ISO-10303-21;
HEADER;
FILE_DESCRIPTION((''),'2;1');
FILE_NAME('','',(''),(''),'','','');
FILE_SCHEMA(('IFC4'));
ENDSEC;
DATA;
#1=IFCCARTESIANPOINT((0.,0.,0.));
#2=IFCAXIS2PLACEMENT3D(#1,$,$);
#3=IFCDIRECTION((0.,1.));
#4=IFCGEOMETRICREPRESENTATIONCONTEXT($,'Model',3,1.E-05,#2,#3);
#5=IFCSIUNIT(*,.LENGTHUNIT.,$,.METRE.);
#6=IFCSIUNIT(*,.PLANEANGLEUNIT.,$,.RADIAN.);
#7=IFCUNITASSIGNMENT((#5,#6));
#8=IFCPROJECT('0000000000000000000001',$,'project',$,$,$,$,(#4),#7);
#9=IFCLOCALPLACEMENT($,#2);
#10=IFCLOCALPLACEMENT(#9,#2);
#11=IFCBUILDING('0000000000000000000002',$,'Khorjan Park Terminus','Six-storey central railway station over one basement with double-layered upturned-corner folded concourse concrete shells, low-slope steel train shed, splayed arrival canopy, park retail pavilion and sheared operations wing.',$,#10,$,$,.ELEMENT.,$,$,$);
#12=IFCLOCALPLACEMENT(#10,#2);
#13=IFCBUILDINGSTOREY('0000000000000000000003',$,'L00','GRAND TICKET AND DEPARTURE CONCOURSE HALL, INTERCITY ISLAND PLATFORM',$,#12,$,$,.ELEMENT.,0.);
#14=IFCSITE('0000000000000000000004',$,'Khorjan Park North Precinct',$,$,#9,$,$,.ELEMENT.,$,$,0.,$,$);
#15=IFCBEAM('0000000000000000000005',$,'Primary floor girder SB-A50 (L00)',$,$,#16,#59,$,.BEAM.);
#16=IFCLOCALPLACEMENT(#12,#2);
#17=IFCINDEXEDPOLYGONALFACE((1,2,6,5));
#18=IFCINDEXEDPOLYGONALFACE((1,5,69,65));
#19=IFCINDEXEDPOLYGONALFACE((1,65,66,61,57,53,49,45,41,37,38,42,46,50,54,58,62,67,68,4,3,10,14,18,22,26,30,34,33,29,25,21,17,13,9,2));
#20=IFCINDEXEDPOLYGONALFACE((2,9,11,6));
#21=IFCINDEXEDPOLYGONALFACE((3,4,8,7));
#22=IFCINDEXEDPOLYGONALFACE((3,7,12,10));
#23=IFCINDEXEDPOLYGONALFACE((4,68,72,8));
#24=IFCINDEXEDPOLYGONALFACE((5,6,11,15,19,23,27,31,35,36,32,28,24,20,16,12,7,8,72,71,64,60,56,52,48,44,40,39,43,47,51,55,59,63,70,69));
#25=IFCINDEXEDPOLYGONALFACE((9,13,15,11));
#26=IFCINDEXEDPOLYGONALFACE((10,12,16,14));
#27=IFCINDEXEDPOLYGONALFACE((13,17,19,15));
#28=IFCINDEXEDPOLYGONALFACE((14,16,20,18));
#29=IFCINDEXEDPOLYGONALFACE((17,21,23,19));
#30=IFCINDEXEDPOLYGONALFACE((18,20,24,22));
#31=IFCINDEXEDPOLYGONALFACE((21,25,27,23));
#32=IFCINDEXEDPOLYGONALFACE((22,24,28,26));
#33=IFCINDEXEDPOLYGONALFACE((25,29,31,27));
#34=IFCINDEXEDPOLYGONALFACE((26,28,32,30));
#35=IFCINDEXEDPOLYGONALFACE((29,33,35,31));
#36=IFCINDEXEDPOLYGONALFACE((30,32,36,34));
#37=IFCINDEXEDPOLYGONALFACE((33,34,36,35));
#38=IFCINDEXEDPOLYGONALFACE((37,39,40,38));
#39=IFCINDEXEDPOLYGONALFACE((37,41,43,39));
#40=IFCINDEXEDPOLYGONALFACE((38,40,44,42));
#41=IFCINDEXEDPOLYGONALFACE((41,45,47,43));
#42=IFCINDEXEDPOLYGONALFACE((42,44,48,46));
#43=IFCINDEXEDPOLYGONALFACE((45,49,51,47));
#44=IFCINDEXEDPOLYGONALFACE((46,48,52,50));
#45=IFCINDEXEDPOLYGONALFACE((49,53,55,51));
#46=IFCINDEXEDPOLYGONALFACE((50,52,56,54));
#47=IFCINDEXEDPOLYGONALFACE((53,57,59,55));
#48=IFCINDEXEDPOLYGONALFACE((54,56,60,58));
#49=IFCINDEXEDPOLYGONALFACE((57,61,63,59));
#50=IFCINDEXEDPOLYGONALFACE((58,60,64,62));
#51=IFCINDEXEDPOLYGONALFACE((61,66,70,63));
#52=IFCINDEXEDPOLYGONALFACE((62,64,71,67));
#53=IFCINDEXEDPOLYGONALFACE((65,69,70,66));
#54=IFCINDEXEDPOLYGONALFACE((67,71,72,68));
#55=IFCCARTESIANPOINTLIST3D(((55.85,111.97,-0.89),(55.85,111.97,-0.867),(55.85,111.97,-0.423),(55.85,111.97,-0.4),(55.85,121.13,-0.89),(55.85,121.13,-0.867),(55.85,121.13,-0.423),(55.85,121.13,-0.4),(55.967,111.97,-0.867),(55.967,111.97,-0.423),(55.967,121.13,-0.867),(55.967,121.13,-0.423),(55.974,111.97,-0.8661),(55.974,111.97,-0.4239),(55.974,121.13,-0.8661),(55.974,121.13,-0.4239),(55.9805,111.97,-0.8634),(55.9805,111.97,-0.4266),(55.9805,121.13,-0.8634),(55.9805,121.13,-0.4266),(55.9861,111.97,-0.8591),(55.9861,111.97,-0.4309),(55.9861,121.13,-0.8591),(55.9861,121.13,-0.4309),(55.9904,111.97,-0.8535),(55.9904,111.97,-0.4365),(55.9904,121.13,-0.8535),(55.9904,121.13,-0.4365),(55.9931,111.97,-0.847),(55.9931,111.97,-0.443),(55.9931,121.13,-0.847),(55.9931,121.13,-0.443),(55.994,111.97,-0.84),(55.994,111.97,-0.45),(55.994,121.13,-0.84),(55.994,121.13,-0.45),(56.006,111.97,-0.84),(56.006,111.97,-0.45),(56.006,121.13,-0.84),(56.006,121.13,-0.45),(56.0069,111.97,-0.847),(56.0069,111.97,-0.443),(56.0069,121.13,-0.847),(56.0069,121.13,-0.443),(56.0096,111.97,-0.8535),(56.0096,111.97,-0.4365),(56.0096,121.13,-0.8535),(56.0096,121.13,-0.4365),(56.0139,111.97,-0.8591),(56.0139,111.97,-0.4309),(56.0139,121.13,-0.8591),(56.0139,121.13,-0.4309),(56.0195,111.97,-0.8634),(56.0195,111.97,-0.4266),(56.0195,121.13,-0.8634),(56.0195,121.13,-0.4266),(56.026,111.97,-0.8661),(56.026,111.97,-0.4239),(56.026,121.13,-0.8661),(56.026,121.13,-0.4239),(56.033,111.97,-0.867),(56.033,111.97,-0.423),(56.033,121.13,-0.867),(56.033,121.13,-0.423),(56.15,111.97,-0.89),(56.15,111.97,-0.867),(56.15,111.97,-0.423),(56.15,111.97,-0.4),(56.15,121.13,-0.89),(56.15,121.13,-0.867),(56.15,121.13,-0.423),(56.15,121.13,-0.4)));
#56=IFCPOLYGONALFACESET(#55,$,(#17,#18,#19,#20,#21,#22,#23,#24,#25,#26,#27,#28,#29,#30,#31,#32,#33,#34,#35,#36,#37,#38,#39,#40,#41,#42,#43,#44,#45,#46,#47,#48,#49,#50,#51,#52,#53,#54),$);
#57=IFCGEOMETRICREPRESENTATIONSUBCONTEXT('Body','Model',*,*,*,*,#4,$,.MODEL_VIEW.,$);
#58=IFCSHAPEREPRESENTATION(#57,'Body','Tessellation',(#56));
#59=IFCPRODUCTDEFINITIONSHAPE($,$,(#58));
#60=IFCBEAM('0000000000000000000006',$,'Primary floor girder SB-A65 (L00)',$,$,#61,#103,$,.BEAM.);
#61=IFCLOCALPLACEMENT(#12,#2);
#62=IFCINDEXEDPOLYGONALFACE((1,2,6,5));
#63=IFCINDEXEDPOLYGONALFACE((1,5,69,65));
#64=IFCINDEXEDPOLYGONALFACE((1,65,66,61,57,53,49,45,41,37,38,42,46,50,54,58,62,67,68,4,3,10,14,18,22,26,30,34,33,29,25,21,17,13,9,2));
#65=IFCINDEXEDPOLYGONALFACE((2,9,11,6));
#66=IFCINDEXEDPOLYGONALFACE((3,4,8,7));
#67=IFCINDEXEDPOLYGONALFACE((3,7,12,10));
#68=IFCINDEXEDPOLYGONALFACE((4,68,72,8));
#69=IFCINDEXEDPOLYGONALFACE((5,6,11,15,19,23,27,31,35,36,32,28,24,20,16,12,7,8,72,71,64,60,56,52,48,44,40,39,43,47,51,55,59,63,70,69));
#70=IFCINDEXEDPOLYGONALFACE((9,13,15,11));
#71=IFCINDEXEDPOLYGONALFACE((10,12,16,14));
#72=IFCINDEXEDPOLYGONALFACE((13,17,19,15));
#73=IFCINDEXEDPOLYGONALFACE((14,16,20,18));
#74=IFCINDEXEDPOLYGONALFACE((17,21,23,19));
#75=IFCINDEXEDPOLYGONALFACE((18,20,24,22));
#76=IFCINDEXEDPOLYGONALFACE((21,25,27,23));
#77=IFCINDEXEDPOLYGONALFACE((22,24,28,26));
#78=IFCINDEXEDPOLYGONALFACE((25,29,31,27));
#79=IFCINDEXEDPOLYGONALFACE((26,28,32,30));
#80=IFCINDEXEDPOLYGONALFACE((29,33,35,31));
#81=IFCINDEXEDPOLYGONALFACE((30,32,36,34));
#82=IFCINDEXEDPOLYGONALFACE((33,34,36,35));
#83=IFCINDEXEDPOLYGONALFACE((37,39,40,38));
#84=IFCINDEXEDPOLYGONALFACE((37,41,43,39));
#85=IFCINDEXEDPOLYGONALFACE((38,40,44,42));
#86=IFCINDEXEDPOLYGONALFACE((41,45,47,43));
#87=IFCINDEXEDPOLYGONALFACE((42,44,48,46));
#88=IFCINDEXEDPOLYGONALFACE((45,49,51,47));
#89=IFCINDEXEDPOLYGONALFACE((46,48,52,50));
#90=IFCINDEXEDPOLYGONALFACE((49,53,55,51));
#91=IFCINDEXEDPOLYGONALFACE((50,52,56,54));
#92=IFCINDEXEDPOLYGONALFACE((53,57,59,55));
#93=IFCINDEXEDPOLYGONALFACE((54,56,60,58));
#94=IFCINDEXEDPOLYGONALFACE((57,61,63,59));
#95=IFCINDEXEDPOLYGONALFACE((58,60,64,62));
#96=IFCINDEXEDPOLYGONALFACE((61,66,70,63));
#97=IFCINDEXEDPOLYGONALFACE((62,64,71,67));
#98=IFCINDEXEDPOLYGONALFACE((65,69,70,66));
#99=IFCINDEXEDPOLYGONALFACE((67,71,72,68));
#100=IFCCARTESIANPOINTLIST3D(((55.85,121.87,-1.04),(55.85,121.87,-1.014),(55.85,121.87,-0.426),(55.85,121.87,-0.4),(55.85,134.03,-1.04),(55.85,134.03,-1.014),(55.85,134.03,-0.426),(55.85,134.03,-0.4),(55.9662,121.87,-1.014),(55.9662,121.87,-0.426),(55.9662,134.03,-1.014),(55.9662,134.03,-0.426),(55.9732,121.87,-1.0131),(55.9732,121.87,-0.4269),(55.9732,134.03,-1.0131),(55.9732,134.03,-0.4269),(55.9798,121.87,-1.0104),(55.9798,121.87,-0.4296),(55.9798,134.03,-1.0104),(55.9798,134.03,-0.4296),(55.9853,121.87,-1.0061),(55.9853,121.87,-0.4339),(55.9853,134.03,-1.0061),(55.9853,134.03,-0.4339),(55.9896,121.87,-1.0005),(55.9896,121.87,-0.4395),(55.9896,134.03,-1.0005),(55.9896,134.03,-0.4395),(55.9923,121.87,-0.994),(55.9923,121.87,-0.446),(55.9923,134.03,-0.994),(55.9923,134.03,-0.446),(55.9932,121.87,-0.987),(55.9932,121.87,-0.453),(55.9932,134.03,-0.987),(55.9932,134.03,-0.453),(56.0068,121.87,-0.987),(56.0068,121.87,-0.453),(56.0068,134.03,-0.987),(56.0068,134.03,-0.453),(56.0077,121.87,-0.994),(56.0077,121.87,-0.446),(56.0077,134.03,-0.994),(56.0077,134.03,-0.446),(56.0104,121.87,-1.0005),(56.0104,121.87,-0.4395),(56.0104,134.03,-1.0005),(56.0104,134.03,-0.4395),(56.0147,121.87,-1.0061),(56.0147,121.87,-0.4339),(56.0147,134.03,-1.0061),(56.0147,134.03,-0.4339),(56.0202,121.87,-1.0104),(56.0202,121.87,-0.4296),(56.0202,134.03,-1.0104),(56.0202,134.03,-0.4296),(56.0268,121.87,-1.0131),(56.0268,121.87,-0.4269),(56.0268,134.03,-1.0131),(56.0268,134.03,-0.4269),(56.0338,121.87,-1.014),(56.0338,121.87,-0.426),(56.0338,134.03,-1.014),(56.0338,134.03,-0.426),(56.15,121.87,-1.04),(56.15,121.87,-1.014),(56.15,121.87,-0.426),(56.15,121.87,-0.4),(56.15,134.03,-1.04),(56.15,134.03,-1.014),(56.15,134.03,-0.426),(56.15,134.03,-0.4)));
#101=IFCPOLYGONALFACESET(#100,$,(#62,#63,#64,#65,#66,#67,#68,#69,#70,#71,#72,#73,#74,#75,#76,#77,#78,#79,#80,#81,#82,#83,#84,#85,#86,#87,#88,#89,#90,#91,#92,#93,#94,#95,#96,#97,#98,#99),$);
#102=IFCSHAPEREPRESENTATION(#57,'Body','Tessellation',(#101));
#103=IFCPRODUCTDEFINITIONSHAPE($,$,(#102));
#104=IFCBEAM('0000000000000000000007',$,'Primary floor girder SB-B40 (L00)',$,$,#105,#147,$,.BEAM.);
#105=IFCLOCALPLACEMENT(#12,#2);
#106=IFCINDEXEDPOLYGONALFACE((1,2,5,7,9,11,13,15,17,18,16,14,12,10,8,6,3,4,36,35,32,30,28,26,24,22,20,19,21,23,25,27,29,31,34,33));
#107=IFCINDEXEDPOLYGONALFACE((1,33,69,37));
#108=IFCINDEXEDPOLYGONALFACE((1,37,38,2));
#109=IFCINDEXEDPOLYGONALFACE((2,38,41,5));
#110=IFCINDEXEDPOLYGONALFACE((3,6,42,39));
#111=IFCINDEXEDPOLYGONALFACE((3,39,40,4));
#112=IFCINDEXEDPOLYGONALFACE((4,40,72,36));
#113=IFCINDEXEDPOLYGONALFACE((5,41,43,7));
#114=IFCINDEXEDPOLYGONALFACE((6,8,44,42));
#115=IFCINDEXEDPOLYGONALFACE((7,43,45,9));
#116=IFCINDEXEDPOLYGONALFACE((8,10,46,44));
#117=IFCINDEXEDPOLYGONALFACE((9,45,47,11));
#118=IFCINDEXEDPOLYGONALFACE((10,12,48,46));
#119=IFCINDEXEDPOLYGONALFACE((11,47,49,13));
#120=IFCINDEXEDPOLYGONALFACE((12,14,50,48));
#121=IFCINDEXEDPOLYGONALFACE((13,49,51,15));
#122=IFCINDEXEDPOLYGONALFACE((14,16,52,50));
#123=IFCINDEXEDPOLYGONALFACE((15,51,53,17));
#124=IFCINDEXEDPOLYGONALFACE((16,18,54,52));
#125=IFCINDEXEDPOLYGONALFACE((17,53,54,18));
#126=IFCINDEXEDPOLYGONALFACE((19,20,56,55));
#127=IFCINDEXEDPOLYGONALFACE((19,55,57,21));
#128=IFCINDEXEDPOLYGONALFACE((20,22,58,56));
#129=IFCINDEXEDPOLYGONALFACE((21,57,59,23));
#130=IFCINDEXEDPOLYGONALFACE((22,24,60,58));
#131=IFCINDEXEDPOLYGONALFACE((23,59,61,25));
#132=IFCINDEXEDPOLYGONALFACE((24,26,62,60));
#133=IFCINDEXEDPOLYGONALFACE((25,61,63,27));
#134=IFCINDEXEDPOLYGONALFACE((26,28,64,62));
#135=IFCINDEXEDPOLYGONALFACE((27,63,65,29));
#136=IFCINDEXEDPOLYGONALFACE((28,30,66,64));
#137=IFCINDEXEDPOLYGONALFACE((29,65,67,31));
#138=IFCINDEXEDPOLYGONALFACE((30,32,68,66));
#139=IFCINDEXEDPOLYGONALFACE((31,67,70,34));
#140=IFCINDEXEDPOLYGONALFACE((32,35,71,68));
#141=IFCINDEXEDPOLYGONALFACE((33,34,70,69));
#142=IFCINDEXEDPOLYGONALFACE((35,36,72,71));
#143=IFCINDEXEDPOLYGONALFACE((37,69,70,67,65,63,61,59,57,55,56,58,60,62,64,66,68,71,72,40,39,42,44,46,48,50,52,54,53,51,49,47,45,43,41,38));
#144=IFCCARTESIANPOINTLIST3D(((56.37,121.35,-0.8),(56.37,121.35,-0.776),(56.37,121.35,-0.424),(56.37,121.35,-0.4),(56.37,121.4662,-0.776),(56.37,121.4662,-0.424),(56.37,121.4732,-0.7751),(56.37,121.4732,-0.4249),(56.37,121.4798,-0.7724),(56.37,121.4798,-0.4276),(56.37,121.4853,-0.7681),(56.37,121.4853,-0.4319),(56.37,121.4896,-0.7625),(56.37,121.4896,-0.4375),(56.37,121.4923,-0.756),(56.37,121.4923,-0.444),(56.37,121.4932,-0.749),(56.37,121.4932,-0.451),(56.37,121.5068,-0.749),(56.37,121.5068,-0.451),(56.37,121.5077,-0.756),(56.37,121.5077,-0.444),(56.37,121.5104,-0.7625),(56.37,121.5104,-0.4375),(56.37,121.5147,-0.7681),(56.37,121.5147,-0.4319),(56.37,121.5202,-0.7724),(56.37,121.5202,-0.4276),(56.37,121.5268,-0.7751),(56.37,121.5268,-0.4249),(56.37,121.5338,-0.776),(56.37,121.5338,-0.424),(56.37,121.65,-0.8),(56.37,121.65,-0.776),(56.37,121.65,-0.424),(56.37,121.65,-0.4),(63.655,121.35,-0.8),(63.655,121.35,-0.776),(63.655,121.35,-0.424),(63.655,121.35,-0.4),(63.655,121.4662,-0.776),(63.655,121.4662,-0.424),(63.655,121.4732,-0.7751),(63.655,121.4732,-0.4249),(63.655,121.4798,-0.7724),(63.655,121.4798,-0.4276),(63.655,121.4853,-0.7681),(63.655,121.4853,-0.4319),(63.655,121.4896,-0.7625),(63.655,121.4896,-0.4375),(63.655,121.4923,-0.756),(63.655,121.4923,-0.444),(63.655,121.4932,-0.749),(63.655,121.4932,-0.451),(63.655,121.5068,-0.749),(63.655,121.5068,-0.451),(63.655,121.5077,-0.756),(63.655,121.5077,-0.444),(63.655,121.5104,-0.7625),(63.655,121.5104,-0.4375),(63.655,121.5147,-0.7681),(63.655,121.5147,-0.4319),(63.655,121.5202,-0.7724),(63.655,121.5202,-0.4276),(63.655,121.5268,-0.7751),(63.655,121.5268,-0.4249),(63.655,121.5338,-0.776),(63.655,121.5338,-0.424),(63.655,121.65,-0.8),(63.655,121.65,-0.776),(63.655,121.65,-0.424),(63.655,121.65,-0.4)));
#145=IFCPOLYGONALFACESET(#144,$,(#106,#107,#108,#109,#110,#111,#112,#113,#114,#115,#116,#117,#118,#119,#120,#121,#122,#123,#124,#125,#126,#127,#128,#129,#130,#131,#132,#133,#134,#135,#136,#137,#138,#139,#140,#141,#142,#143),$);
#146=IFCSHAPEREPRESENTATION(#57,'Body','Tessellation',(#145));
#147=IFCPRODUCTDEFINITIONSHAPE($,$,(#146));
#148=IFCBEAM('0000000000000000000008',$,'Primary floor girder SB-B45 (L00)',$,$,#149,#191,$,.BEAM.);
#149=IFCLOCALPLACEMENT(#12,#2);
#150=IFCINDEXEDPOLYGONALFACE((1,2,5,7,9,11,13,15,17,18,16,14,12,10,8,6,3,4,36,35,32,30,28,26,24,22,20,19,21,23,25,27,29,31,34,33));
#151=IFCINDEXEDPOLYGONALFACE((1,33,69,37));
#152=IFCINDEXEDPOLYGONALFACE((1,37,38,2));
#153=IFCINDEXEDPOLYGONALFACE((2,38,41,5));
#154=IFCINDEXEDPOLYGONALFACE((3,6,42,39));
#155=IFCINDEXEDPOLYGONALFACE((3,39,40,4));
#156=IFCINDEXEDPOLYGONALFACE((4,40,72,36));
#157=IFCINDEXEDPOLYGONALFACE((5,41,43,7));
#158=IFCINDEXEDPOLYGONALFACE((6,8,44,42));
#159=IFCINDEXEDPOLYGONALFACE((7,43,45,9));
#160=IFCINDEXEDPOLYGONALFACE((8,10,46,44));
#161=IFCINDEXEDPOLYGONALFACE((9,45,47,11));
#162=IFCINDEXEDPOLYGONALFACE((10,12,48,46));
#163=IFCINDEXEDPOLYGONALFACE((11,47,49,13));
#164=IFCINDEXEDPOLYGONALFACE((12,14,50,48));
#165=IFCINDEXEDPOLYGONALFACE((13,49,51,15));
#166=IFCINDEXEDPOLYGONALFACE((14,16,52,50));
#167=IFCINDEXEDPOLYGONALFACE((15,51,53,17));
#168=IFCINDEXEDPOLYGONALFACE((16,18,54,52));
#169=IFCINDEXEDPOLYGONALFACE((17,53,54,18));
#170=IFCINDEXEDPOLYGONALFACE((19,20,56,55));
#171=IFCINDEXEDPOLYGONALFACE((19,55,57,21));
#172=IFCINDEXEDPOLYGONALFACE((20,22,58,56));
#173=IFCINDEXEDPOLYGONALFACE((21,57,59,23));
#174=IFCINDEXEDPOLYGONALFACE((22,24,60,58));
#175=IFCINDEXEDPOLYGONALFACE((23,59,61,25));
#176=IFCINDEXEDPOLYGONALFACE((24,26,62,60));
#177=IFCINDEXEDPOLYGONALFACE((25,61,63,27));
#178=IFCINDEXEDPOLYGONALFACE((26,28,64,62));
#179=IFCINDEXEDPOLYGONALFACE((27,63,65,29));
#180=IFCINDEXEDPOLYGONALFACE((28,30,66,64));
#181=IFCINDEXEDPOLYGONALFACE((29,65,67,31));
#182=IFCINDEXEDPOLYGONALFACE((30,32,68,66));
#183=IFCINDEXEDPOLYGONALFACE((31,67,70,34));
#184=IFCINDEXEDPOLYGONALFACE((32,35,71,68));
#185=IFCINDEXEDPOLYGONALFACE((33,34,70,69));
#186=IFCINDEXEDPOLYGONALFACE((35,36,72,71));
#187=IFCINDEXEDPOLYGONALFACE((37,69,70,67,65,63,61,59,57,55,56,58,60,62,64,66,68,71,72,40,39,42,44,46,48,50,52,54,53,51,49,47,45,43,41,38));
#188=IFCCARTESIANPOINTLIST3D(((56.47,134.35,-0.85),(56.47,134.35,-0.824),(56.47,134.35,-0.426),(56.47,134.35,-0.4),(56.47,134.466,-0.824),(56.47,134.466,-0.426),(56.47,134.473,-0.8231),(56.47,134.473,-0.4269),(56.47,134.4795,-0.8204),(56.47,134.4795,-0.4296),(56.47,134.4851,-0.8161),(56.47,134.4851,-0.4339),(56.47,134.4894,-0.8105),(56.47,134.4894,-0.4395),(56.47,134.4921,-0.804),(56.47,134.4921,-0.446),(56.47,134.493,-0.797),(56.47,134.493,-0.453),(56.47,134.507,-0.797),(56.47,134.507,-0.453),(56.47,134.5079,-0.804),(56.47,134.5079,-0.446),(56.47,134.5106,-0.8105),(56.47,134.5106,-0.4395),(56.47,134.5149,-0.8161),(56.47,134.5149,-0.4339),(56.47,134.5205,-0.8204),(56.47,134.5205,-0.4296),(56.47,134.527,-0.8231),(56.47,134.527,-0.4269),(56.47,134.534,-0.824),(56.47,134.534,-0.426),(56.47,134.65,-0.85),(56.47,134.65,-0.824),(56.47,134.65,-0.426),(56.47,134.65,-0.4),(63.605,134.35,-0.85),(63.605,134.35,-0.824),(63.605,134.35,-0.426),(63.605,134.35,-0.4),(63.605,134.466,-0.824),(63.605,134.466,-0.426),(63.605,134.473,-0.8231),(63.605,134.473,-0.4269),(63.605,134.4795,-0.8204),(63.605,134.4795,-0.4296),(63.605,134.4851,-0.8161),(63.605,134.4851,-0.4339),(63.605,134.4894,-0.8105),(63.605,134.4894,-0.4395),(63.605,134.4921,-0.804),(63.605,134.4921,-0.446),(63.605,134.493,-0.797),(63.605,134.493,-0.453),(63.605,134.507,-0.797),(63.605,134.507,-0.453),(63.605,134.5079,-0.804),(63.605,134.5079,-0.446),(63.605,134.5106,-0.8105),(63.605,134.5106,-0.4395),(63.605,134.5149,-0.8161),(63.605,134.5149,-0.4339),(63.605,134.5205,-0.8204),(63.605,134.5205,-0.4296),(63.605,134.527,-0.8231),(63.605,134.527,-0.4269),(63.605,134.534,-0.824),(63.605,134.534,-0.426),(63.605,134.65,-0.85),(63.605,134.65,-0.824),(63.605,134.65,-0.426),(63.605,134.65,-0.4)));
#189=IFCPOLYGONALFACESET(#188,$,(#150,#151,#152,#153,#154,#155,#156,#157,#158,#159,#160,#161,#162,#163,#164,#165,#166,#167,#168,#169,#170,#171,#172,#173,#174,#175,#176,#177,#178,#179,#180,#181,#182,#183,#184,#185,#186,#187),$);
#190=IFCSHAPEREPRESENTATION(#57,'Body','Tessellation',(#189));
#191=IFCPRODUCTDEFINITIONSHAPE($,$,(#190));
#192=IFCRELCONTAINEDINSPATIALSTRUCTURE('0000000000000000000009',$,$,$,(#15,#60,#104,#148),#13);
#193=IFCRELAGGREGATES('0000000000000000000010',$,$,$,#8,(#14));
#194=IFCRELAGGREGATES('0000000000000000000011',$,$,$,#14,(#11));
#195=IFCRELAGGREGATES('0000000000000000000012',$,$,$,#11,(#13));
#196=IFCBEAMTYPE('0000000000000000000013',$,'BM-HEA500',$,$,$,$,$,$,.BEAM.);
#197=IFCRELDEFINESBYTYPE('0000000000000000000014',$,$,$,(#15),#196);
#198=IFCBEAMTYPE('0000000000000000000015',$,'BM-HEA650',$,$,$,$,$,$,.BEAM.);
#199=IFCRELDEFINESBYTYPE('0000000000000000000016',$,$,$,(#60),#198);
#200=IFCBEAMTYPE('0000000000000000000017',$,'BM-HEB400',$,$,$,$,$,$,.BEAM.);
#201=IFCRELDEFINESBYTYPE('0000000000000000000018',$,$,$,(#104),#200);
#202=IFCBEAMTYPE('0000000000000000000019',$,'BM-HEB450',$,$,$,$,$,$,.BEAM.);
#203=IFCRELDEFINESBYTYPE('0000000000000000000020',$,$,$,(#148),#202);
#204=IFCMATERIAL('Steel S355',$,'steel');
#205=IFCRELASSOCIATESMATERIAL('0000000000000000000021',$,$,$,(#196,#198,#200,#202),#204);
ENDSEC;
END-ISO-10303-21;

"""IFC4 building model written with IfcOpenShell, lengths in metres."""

from ifc_helpers import new_model, si_unit, direction, frame, origin, origin_2d, place, context, subcontext, project, spatial, i_section, extrude, material, material_profile, profile_set, type_object, element, save


model = new_model("IFC4")

# Units and contexts
model_context = context("Model", 3, precision=1e-05, world=origin(), true_north=direction((0.0, 1.0)))
body_context = subcontext(model_context, "Body", "Model", "MODEL_VIEW")
ifc_project = project(units=[si_unit("LENGTHUNIT", "METRE"), si_unit("PLANEANGLEUNIT", "RADIAN")], contexts=[model_context])

# Site, building, storey
site_placement = place(None, origin())
site = spatial("IfcSite", under=ifc_project, at=site_placement, Name="Khorjan Park North Precinct", CompositionType="ELEMENT", RefElevation=0.0)
building_placement = place(site_placement, origin())
building = spatial("IfcBuilding", under=site, at=building_placement, Name="Khorjan Park Terminus", Description="Six-storey central railway station over one basement with double-layered upturned-corner folded concourse concrete shells, low-slope steel train shed, splayed arrival canopy, park retail pavilion and sheared operations wing.", CompositionType="ELEMENT")
storey_placement = place(building_placement, origin())
storey = spatial("IfcBuildingStorey", under=building, at=storey_placement, Name="L00", Description="GRAND TICKET AND DEPARTURE CONCOURSE HALL, INTERCITY ISLAND PLATFORM", CompositionType="ELEMENT", Elevation=0.0)

# Shared definitions
ifc_material_1 = material(Name="Steel S355", Category="steel")

# Beams
ifc_material_profile_1 = material_profile(ifc_material_1, i_section(OverallWidth=0.3, OverallDepth=0.49, WebThickness=0.012, FlangeThickness=0.023, FilletRadius=0.027, at=origin_2d()), Name="HEA 500")
ifc_profile_set_1 = profile_set([ifc_material_profile_1], Name="Steel S355")
beam_type_1 = type_object("IfcBeamType", Name="BM-HEA500", PredefinedType="BEAM", material=ifc_profile_set_1)
beam_1_placement = place(storey_placement, frame((56.0, 111.97, -0.645), z_axis=(0.0, 1.0, 0.0), x_axis=(-1.0, 0.0, 0.0)))
element("IfcBeam", 1, at=beam_1_placement, inside=storey, type_object=beam_type_1, Name="Primary floor girder SB-A50 (L00)", PredefinedType="BEAM", context=body_context, shape_type="SweptSolid", body=[
    extrude(i_section(OverallWidth=0.3, OverallDepth=0.49, WebThickness=0.012, FlangeThickness=0.023, FilletRadius=0.027, at=origin_2d()), origin(), (0.0, 0.0, 1.0), 9.16),
])
ifc_material_profile_2 = material_profile(ifc_material_1, i_section(OverallWidth=0.3, OverallDepth=0.64, WebThickness=0.0135, FlangeThickness=0.026, FilletRadius=0.027, at=origin_2d()), Name="HEA 650")
ifc_profile_set_2 = profile_set([ifc_material_profile_2], Name="Steel S355")
beam_type_2 = type_object("IfcBeamType", Name="BM-HEA650", PredefinedType="BEAM", material=ifc_profile_set_2)
beam_2_placement = place(storey_placement, frame((56.0, 121.87, -0.72), z_axis=(0.0, 1.0, 0.0), x_axis=(-1.0, 0.0, 0.0)))
element("IfcBeam", 2, at=beam_2_placement, inside=storey, type_object=beam_type_2, Name="Primary floor girder SB-A65 (L00)", PredefinedType="BEAM", context=body_context, shape_type="SweptSolid", body=[
    extrude(i_section(OverallWidth=0.3, OverallDepth=0.64, WebThickness=0.0135, FlangeThickness=0.026, FilletRadius=0.027, at=origin_2d()), origin(), (0.0, 0.0, 1.0), 12.16),
])
ifc_material_profile_3 = material_profile(ifc_material_1, i_section(OverallWidth=0.3, OverallDepth=0.4, WebThickness=0.0135, FlangeThickness=0.024, FilletRadius=0.027, at=origin_2d()), Name="HEB 400")
ifc_profile_set_3 = profile_set([ifc_material_profile_3], Name="Steel S355")
beam_type_3 = type_object("IfcBeamType", Name="BM-HEB400", PredefinedType="BEAM", material=ifc_profile_set_3)
beam_3_placement = place(storey_placement, frame((56.37, 121.5, -0.6), z_axis=(1.0, 0.0, 0.0), x_axis=(0.0, 1.0, 0.0)))
element("IfcBeam", 3, at=beam_3_placement, inside=storey, type_object=beam_type_3, Name="Primary floor girder SB-B40 (L00)", PredefinedType="BEAM", context=body_context, shape_type="SweptSolid", body=[
    extrude(i_section(OverallWidth=0.3, OverallDepth=0.4, WebThickness=0.0135, FlangeThickness=0.024, FilletRadius=0.027, at=origin_2d()), origin(), (0.0, 0.0, 1.0), 7.285),
])
ifc_material_profile_4 = material_profile(ifc_material_1, i_section(OverallWidth=0.3, OverallDepth=0.45, WebThickness=0.014, FlangeThickness=0.026, FilletRadius=0.027, at=origin_2d()), Name="HEB 450")
ifc_profile_set_4 = profile_set([ifc_material_profile_4], Name="Steel S355")
beam_type_4 = type_object("IfcBeamType", Name="BM-HEB450", PredefinedType="BEAM", material=ifc_profile_set_4)
beam_4_placement = place(storey_placement, frame((56.47, 134.5, -0.625), z_axis=(1.0, 0.0, 0.0), x_axis=(0.0, 1.0, 0.0)))
element("IfcBeam", 4, at=beam_4_placement, inside=storey, type_object=beam_type_4, Name="Primary floor girder SB-B45 (L00)", PredefinedType="BEAM", context=body_context, shape_type="SweptSolid", body=[
    extrude(i_section(OverallWidth=0.3, OverallDepth=0.45, WebThickness=0.014, FlangeThickness=0.026, FilletRadius=0.027, at=origin_2d()), origin(), (0.0, 0.0, 1.0), 7.135),
])

save(model, "model.ifc")
